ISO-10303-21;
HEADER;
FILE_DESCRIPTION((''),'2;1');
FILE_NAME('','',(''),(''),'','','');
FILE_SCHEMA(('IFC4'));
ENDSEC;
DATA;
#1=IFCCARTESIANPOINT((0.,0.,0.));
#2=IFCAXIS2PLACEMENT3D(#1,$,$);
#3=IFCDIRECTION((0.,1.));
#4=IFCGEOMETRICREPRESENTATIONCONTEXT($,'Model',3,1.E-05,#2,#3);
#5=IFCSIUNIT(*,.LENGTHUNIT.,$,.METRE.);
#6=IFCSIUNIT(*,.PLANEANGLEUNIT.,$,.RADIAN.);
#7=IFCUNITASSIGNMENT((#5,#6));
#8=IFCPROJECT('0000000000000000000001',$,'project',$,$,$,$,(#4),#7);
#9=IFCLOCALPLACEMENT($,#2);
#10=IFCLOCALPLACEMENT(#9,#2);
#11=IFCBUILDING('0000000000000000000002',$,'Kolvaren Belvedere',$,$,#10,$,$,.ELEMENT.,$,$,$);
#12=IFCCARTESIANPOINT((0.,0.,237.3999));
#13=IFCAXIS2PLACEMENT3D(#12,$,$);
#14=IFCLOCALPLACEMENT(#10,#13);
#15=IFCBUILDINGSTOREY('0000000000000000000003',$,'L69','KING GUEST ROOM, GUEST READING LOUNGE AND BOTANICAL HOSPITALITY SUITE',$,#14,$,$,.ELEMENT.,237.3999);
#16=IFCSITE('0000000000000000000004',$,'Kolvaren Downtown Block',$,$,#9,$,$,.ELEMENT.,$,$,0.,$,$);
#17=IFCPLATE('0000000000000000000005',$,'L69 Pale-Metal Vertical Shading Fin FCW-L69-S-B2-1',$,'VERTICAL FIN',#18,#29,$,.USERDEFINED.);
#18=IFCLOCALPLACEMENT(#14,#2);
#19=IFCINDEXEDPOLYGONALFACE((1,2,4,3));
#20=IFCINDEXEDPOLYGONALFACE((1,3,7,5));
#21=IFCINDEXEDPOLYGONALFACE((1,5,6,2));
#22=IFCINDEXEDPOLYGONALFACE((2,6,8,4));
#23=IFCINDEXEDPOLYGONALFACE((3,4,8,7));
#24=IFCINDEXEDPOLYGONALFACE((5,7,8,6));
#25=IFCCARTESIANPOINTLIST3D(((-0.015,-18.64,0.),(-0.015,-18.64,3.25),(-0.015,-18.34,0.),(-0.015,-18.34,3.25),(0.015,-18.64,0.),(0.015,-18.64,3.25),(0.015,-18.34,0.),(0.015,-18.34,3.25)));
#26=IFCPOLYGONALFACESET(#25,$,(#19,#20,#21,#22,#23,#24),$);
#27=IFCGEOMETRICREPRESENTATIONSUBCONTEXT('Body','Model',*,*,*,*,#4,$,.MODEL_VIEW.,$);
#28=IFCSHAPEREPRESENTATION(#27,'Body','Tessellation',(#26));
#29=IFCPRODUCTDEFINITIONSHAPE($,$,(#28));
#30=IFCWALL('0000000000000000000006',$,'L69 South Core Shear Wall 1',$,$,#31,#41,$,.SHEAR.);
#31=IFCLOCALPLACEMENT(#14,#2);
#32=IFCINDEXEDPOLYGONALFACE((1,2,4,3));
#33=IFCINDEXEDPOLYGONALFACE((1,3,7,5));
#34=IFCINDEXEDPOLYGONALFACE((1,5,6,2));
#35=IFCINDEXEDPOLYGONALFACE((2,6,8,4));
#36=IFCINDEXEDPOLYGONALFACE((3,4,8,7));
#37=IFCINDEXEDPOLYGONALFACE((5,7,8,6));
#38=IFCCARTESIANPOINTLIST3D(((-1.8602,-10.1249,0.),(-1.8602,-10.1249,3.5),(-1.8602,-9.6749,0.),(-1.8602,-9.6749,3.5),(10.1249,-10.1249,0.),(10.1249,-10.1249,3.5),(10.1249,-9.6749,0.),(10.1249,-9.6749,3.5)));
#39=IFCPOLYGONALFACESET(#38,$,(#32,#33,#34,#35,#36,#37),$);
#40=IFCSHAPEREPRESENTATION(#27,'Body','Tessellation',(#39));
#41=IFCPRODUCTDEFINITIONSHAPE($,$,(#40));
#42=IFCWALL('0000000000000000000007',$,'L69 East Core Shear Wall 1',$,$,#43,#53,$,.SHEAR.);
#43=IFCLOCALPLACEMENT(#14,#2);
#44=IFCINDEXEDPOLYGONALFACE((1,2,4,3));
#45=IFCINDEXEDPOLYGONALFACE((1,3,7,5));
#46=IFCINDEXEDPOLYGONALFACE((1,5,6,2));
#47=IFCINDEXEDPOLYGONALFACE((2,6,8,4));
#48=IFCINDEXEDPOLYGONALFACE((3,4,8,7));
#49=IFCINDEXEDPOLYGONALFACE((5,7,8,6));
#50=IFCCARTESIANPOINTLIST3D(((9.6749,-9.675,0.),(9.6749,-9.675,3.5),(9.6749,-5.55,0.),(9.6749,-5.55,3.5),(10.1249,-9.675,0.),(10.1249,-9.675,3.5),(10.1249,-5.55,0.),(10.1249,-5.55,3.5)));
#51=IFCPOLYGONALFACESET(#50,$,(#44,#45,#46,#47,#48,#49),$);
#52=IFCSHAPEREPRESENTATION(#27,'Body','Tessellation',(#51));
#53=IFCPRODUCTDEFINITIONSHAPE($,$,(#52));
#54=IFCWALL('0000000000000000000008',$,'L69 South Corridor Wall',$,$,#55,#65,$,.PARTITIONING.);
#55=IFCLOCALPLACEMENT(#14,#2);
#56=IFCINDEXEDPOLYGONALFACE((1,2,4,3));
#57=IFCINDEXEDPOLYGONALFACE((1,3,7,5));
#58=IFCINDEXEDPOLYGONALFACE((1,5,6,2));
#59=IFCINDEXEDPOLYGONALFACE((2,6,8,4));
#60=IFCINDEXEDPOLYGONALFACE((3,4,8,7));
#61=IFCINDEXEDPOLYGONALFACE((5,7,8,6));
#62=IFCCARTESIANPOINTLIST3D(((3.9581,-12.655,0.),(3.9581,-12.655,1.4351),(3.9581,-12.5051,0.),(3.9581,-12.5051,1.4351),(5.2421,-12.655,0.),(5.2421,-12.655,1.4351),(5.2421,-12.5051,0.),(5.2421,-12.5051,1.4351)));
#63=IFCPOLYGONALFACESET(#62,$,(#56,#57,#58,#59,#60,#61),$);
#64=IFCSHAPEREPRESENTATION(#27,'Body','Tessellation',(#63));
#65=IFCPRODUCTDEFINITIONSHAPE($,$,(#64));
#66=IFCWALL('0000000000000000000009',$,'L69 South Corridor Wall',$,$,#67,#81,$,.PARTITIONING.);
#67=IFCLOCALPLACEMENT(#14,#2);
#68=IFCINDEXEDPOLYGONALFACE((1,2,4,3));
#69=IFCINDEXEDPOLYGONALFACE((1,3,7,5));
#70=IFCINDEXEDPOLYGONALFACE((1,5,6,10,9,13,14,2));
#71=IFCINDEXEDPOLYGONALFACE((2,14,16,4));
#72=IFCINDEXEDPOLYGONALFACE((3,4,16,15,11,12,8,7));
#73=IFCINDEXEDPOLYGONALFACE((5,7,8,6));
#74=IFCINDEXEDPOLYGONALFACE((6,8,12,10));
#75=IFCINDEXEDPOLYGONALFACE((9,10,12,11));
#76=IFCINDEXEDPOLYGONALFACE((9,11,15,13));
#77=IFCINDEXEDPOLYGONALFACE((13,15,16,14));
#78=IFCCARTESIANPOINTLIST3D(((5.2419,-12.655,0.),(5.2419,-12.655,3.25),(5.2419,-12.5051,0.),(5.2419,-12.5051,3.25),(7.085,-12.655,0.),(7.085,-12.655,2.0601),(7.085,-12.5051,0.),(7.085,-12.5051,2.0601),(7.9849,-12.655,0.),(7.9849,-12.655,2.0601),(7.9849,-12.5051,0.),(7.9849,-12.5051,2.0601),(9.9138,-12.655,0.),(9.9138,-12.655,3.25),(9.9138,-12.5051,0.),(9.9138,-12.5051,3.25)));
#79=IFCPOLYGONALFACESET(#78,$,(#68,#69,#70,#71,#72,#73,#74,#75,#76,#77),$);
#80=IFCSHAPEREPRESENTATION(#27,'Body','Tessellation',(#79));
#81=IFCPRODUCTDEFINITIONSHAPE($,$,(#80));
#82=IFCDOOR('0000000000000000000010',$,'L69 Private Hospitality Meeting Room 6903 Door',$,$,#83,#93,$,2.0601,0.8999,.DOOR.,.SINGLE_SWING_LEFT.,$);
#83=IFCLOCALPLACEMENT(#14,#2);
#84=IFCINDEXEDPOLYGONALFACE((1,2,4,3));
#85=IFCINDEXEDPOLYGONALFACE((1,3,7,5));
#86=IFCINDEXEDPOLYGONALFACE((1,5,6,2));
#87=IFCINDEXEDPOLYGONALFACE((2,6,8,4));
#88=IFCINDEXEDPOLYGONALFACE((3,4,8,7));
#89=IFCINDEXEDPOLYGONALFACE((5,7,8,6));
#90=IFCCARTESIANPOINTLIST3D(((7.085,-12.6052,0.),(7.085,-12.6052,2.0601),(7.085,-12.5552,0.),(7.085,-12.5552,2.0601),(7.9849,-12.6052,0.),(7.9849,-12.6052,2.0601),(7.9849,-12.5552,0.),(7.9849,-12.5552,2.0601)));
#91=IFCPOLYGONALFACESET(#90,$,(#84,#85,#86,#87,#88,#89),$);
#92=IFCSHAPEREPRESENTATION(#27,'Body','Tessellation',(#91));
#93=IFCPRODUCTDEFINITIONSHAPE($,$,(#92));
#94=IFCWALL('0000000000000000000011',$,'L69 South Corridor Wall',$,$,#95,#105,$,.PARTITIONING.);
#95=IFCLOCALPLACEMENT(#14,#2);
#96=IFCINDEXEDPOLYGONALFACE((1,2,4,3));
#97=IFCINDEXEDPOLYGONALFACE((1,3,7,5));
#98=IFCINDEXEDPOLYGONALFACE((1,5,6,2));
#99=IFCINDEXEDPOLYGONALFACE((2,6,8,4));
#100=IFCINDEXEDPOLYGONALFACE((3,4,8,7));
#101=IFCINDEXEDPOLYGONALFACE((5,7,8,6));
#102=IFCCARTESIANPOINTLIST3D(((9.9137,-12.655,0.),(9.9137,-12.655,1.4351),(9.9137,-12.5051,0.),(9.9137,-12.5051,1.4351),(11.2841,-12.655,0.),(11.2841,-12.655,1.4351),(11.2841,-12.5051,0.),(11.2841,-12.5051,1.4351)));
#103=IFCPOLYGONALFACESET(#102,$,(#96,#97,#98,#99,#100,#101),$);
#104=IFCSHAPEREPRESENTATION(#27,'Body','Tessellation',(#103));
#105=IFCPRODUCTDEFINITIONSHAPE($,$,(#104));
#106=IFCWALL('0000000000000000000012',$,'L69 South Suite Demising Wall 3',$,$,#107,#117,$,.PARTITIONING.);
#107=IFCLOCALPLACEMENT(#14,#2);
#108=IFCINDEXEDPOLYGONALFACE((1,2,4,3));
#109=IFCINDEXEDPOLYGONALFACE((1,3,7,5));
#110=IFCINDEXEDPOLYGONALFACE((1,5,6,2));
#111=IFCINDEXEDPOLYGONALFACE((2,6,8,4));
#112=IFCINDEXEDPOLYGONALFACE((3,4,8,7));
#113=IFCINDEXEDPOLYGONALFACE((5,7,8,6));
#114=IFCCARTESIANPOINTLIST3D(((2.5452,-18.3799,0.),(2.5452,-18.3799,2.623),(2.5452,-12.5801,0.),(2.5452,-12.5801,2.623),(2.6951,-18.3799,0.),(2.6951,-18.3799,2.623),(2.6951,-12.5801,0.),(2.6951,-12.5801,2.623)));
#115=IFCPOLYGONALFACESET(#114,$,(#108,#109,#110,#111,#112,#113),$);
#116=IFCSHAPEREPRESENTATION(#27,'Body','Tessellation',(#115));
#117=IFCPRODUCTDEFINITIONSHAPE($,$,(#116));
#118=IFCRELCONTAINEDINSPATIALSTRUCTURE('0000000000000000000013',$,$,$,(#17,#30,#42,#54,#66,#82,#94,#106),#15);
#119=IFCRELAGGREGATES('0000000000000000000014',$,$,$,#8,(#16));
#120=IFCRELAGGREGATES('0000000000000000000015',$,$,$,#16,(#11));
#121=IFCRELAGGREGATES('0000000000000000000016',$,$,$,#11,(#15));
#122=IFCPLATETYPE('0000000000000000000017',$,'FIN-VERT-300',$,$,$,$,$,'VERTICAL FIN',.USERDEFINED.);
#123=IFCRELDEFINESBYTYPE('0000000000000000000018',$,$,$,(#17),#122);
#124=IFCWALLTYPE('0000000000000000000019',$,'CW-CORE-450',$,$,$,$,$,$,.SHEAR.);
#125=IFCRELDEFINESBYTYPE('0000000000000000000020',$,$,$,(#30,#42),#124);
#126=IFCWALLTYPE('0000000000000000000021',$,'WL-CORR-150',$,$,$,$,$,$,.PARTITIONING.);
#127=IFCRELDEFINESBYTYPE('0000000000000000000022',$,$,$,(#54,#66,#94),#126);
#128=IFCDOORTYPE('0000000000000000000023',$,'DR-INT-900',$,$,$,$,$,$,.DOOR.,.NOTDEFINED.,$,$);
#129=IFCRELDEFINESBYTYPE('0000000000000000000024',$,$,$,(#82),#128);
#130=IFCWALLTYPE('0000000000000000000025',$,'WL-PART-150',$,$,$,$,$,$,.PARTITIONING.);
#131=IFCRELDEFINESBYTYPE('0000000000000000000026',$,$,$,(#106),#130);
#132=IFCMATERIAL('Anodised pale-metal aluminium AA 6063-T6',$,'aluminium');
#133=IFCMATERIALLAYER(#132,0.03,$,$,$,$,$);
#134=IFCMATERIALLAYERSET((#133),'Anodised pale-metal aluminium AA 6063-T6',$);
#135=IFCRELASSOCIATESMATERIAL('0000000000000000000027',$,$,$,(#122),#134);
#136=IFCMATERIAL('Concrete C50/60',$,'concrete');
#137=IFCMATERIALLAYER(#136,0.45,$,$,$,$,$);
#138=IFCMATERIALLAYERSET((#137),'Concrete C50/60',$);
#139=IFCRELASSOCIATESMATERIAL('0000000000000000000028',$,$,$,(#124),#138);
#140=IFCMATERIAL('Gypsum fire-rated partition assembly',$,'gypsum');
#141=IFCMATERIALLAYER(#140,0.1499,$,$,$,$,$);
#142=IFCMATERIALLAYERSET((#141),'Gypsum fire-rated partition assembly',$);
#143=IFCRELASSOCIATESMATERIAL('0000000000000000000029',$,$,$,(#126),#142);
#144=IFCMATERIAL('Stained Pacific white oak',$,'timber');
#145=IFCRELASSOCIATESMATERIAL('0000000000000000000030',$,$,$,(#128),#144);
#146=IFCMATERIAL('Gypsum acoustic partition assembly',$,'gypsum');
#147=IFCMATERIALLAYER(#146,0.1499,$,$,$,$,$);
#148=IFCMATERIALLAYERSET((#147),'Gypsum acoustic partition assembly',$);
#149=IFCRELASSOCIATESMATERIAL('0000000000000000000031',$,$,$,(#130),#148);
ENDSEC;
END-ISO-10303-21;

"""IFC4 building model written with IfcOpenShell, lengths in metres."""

from ifc_helpers import new_model, si_unit, direction, frame, frame_2d, origin, origin_2d, place, context, subcontext, project, spatial, rectangle, extrude, material, layer, layer_set, type_object, element, fill, save


model = new_model("IFC4")

# Units and contexts
model_context = context("Model", 3, precision=1e-05, world=origin(), true_north=direction((0.0, 1.0)))
body_context = subcontext(model_context, "Body", "Model", "MODEL_VIEW")
ifc_project = project(units=[si_unit("LENGTHUNIT", "METRE"), si_unit("PLANEANGLEUNIT", "RADIAN")], contexts=[model_context])

# Site, building, storey
site_placement = place(None, origin())
site = spatial("IfcSite", under=ifc_project, at=site_placement, Name="Kolvaren Downtown Block", CompositionType="ELEMENT", RefElevation=0.0)
building_placement = place(site_placement, origin())
building = spatial("IfcBuilding", under=site, at=building_placement, Name="Kolvaren Belvedere", CompositionType="ELEMENT")
storey_placement = place(building_placement, frame((0.0, 0.0, 237.3999)))
storey = spatial("IfcBuildingStorey", under=building, at=storey_placement, Name="L69", Description="KING GUEST ROOM, GUEST READING LOUNGE AND BOTANICAL HOSPITALITY SUITE", CompositionType="ELEMENT", Elevation=237.3999)

# Plate
ifc_material_1 = material(Name="Anodised pale-metal aluminium AA 6063-T6", Category="aluminium")
ifc_layer_1 = layer(ifc_material_1, 0.03)
ifc_layer_set_1 = layer_set([ifc_layer_1], Name="Anodised pale-metal aluminium AA 6063-T6")
plate_type_1 = type_object("IfcPlateType", Name="FIN-VERT-300", ElementType="VERTICAL FIN", PredefinedType="USERDEFINED", material=ifc_layer_set_1)
for number, where, z_axis, x_axis, name in (
    (1, (0.0, -18.49, 0.0), (0.0, 0.0, 1.0), (0.0, 1.0, 0.0), "L69 Pale-Metal Vertical Shading Fin FCW-L69-S-B2-1"),
):
    element("IfcPlate", number, at=place(storey_placement, frame(where, z_axis=z_axis, x_axis=x_axis)), inside=storey, type_object=plate_type_1, Name=name, ObjectType="VERTICAL FIN", PredefinedType="USERDEFINED", context=body_context, shape_type="SweptSolid", body=[
        extrude(rectangle(XDim=0.3, YDim=0.03, at=origin_2d()), origin(), (0.0, 0.0, 1.0), 3.25),
    ])

# Walls
ifc_material_2 = material(Name="Concrete C50/60", Category="concrete")
ifc_layer_2 = layer(ifc_material_2, 0.45)
ifc_layer_set_2 = layer_set([ifc_layer_2], Name="Concrete C50/60")
wall_type_1 = type_object("IfcWallType", Name="CW-CORE-450", PredefinedType="SHEAR", material=ifc_layer_set_2)
wall_1_placement = place(storey_placement, frame((10.125, -9.8999, 0.0), z_axis=(0.0, 0.0, 1.0), x_axis=(-1.0, 0.0, 0.0)))
element("IfcWall", 2, at=wall_1_placement, inside=storey, type_object=wall_type_1, Name="L69 South Core Shear Wall 1", PredefinedType="SHEAR", context=body_context, shape_type="SweptSolid", body=[
    extrude(rectangle(XDim=11.9851, YDim=0.45, at=frame_2d((5.9927, 0.0))), origin(), (0.0, 0.0, 1.0), 3.5),
])
wall_2_placement = place(storey_placement, frame((9.8999, -9.675, 0.0), z_axis=(0.0, 0.0, 1.0), x_axis=(0.0, 1.0, 0.0)))
element("IfcWall", 3, at=wall_2_placement, inside=storey, type_object=wall_type_1, Name="L69 East Core Shear Wall 1", PredefinedType="SHEAR", context=body_context, shape_type="SweptSolid", body=[
    extrude(rectangle(XDim=4.125, YDim=0.45, at=frame_2d((2.0625, 0.0))), origin(), (0.0, 0.0, 1.0), 3.5),
])
ifc_material_3 = material(Name="Gypsum fire-rated partition assembly", Category="gypsum")
ifc_layer_3 = layer(ifc_material_3, 0.1499)
ifc_layer_set_3 = layer_set([ifc_layer_3], Name="Gypsum fire-rated partition assembly")
wall_type_2 = type_object("IfcWallType", Name="WL-CORR-150", PredefinedType="PARTITIONING", material=ifc_layer_set_3)
wall_3_placement = place(storey_placement, frame((3.958, -12.5801, 0.0), z_axis=(0.0, 0.0, 1.0), x_axis=(1.0, 0.0, 0.0)))
element("IfcWall", 4, at=wall_3_placement, inside=storey, type_object=wall_type_2, Name="L69 South Corridor Wall", PredefinedType="PARTITIONING", context=body_context, shape_type="SweptSolid", body=[
    extrude(rectangle(XDim=1.2839, YDim=0.1499, at=frame_2d((0.6421, 0.0))), origin(), (0.0, 0.0, 1.0), 1.4351),
])

# Wall, opening, door
wall_4_placement = place(storey_placement, frame((5.2419, -12.5801, 0.0), z_axis=(0.0, 0.0, 1.0), x_axis=(1.0, 0.0, 0.0)))
wall_4 = element("IfcWall", 5, at=wall_4_placement, inside=storey, type_object=wall_type_2, Name="L69 South Corridor Wall", PredefinedType="PARTITIONING", context=body_context, shape_type="SweptSolid", body=[
    extrude(rectangle(XDim=4.6719, YDim=0.1499, at=frame_2d((2.3359, 0.0))), origin(), (0.0, 0.0, 1.0), 3.25),
])
opening_placement = place(wall_4_placement, frame((1.843, 0.0, 0.0)))
opening = element("IfcOpeningElement", 6, at=opening_placement, cuts=wall_4, PredefinedType="OPENING", context=body_context, shape_type="SweptSolid", body=[
    extrude(rectangle(XDim=0.8999, YDim=2.0601, at=frame_2d((0.45, 1.03))), frame((0.0, 0.085, 0.0), z_axis=(0.0, -1.0, 0.0), x_axis=(1.0, 0.0, 0.0)), (0.0, 0.0, 1.0), 0.1699),
])
ifc_material_4 = material(Name="Stained Pacific white oak", Category="timber")
door_type = type_object("IfcDoorType", Name="DR-INT-900", OperationType="NOTDEFINED", PredefinedType="DOOR", material=ifc_material_4)
door_placement = place(opening_placement, origin())
door = element("IfcDoor", 7, at=door_placement, inside=storey, type_object=door_type, Name="L69 Private Hospitality Meeting Room 6903 Door", OperationType="SINGLE_SWING_LEFT", OverallHeight=2.0601, OverallWidth=0.8999, PredefinedType="DOOR", context=body_context, shape_type="SweptSolid", body=[
    extrude(rectangle(XDim=0.8999, YDim=2.0601, at=frame_2d((0.45, 1.03))), frame((0.0, 0.0249, 0.0), z_axis=(0.0, -1.0, 0.0), x_axis=(1.0, 0.0, 0.0)), (0.0, 0.0, 1.0), 0.05),
])
fill(opening, door)

# Walls
wall_5_placement = place(storey_placement, frame((9.9138, -12.5801, 0.0), z_axis=(0.0, 0.0, 1.0), x_axis=(1.0, 0.0, 0.0)))
element("IfcWall", 8, at=wall_5_placement, inside=storey, type_object=wall_type_2, Name="L69 South Corridor Wall", PredefinedType="PARTITIONING", context=body_context, shape_type="SweptSolid", body=[
    extrude(rectangle(XDim=1.3704, YDim=0.1499, at=frame_2d((0.6851, 0.0))), origin(), (0.0, 0.0, 1.0), 1.4351),
])
ifc_material_5 = material(Name="Gypsum acoustic partition assembly", Category="gypsum")
ifc_layer_4 = layer(ifc_material_5, 0.1499)
ifc_layer_set_4 = layer_set([ifc_layer_4], Name="Gypsum acoustic partition assembly")
wall_type_3 = type_object("IfcWallType", Name="WL-PART-150", PredefinedType="PARTITIONING", material=ifc_layer_set_4)
wall_6_placement = place(storey_placement, frame((2.6201, -18.3799, 0.0), z_axis=(0.0, 0.0, 1.0), x_axis=(0.0, 1.0, 0.0)))
element("IfcWall", 9, at=wall_6_placement, inside=storey, type_object=wall_type_3, Name="L69 South Suite Demising Wall 3", PredefinedType="PARTITIONING", context=body_context, shape_type="SweptSolid", body=[
    extrude(rectangle(XDim=5.7998, YDim=0.1499, at=frame_2d((2.8999, 0.0))), origin(), (0.0, 0.0, 1.0), 2.623),
])

save(model, "model.ifc")
